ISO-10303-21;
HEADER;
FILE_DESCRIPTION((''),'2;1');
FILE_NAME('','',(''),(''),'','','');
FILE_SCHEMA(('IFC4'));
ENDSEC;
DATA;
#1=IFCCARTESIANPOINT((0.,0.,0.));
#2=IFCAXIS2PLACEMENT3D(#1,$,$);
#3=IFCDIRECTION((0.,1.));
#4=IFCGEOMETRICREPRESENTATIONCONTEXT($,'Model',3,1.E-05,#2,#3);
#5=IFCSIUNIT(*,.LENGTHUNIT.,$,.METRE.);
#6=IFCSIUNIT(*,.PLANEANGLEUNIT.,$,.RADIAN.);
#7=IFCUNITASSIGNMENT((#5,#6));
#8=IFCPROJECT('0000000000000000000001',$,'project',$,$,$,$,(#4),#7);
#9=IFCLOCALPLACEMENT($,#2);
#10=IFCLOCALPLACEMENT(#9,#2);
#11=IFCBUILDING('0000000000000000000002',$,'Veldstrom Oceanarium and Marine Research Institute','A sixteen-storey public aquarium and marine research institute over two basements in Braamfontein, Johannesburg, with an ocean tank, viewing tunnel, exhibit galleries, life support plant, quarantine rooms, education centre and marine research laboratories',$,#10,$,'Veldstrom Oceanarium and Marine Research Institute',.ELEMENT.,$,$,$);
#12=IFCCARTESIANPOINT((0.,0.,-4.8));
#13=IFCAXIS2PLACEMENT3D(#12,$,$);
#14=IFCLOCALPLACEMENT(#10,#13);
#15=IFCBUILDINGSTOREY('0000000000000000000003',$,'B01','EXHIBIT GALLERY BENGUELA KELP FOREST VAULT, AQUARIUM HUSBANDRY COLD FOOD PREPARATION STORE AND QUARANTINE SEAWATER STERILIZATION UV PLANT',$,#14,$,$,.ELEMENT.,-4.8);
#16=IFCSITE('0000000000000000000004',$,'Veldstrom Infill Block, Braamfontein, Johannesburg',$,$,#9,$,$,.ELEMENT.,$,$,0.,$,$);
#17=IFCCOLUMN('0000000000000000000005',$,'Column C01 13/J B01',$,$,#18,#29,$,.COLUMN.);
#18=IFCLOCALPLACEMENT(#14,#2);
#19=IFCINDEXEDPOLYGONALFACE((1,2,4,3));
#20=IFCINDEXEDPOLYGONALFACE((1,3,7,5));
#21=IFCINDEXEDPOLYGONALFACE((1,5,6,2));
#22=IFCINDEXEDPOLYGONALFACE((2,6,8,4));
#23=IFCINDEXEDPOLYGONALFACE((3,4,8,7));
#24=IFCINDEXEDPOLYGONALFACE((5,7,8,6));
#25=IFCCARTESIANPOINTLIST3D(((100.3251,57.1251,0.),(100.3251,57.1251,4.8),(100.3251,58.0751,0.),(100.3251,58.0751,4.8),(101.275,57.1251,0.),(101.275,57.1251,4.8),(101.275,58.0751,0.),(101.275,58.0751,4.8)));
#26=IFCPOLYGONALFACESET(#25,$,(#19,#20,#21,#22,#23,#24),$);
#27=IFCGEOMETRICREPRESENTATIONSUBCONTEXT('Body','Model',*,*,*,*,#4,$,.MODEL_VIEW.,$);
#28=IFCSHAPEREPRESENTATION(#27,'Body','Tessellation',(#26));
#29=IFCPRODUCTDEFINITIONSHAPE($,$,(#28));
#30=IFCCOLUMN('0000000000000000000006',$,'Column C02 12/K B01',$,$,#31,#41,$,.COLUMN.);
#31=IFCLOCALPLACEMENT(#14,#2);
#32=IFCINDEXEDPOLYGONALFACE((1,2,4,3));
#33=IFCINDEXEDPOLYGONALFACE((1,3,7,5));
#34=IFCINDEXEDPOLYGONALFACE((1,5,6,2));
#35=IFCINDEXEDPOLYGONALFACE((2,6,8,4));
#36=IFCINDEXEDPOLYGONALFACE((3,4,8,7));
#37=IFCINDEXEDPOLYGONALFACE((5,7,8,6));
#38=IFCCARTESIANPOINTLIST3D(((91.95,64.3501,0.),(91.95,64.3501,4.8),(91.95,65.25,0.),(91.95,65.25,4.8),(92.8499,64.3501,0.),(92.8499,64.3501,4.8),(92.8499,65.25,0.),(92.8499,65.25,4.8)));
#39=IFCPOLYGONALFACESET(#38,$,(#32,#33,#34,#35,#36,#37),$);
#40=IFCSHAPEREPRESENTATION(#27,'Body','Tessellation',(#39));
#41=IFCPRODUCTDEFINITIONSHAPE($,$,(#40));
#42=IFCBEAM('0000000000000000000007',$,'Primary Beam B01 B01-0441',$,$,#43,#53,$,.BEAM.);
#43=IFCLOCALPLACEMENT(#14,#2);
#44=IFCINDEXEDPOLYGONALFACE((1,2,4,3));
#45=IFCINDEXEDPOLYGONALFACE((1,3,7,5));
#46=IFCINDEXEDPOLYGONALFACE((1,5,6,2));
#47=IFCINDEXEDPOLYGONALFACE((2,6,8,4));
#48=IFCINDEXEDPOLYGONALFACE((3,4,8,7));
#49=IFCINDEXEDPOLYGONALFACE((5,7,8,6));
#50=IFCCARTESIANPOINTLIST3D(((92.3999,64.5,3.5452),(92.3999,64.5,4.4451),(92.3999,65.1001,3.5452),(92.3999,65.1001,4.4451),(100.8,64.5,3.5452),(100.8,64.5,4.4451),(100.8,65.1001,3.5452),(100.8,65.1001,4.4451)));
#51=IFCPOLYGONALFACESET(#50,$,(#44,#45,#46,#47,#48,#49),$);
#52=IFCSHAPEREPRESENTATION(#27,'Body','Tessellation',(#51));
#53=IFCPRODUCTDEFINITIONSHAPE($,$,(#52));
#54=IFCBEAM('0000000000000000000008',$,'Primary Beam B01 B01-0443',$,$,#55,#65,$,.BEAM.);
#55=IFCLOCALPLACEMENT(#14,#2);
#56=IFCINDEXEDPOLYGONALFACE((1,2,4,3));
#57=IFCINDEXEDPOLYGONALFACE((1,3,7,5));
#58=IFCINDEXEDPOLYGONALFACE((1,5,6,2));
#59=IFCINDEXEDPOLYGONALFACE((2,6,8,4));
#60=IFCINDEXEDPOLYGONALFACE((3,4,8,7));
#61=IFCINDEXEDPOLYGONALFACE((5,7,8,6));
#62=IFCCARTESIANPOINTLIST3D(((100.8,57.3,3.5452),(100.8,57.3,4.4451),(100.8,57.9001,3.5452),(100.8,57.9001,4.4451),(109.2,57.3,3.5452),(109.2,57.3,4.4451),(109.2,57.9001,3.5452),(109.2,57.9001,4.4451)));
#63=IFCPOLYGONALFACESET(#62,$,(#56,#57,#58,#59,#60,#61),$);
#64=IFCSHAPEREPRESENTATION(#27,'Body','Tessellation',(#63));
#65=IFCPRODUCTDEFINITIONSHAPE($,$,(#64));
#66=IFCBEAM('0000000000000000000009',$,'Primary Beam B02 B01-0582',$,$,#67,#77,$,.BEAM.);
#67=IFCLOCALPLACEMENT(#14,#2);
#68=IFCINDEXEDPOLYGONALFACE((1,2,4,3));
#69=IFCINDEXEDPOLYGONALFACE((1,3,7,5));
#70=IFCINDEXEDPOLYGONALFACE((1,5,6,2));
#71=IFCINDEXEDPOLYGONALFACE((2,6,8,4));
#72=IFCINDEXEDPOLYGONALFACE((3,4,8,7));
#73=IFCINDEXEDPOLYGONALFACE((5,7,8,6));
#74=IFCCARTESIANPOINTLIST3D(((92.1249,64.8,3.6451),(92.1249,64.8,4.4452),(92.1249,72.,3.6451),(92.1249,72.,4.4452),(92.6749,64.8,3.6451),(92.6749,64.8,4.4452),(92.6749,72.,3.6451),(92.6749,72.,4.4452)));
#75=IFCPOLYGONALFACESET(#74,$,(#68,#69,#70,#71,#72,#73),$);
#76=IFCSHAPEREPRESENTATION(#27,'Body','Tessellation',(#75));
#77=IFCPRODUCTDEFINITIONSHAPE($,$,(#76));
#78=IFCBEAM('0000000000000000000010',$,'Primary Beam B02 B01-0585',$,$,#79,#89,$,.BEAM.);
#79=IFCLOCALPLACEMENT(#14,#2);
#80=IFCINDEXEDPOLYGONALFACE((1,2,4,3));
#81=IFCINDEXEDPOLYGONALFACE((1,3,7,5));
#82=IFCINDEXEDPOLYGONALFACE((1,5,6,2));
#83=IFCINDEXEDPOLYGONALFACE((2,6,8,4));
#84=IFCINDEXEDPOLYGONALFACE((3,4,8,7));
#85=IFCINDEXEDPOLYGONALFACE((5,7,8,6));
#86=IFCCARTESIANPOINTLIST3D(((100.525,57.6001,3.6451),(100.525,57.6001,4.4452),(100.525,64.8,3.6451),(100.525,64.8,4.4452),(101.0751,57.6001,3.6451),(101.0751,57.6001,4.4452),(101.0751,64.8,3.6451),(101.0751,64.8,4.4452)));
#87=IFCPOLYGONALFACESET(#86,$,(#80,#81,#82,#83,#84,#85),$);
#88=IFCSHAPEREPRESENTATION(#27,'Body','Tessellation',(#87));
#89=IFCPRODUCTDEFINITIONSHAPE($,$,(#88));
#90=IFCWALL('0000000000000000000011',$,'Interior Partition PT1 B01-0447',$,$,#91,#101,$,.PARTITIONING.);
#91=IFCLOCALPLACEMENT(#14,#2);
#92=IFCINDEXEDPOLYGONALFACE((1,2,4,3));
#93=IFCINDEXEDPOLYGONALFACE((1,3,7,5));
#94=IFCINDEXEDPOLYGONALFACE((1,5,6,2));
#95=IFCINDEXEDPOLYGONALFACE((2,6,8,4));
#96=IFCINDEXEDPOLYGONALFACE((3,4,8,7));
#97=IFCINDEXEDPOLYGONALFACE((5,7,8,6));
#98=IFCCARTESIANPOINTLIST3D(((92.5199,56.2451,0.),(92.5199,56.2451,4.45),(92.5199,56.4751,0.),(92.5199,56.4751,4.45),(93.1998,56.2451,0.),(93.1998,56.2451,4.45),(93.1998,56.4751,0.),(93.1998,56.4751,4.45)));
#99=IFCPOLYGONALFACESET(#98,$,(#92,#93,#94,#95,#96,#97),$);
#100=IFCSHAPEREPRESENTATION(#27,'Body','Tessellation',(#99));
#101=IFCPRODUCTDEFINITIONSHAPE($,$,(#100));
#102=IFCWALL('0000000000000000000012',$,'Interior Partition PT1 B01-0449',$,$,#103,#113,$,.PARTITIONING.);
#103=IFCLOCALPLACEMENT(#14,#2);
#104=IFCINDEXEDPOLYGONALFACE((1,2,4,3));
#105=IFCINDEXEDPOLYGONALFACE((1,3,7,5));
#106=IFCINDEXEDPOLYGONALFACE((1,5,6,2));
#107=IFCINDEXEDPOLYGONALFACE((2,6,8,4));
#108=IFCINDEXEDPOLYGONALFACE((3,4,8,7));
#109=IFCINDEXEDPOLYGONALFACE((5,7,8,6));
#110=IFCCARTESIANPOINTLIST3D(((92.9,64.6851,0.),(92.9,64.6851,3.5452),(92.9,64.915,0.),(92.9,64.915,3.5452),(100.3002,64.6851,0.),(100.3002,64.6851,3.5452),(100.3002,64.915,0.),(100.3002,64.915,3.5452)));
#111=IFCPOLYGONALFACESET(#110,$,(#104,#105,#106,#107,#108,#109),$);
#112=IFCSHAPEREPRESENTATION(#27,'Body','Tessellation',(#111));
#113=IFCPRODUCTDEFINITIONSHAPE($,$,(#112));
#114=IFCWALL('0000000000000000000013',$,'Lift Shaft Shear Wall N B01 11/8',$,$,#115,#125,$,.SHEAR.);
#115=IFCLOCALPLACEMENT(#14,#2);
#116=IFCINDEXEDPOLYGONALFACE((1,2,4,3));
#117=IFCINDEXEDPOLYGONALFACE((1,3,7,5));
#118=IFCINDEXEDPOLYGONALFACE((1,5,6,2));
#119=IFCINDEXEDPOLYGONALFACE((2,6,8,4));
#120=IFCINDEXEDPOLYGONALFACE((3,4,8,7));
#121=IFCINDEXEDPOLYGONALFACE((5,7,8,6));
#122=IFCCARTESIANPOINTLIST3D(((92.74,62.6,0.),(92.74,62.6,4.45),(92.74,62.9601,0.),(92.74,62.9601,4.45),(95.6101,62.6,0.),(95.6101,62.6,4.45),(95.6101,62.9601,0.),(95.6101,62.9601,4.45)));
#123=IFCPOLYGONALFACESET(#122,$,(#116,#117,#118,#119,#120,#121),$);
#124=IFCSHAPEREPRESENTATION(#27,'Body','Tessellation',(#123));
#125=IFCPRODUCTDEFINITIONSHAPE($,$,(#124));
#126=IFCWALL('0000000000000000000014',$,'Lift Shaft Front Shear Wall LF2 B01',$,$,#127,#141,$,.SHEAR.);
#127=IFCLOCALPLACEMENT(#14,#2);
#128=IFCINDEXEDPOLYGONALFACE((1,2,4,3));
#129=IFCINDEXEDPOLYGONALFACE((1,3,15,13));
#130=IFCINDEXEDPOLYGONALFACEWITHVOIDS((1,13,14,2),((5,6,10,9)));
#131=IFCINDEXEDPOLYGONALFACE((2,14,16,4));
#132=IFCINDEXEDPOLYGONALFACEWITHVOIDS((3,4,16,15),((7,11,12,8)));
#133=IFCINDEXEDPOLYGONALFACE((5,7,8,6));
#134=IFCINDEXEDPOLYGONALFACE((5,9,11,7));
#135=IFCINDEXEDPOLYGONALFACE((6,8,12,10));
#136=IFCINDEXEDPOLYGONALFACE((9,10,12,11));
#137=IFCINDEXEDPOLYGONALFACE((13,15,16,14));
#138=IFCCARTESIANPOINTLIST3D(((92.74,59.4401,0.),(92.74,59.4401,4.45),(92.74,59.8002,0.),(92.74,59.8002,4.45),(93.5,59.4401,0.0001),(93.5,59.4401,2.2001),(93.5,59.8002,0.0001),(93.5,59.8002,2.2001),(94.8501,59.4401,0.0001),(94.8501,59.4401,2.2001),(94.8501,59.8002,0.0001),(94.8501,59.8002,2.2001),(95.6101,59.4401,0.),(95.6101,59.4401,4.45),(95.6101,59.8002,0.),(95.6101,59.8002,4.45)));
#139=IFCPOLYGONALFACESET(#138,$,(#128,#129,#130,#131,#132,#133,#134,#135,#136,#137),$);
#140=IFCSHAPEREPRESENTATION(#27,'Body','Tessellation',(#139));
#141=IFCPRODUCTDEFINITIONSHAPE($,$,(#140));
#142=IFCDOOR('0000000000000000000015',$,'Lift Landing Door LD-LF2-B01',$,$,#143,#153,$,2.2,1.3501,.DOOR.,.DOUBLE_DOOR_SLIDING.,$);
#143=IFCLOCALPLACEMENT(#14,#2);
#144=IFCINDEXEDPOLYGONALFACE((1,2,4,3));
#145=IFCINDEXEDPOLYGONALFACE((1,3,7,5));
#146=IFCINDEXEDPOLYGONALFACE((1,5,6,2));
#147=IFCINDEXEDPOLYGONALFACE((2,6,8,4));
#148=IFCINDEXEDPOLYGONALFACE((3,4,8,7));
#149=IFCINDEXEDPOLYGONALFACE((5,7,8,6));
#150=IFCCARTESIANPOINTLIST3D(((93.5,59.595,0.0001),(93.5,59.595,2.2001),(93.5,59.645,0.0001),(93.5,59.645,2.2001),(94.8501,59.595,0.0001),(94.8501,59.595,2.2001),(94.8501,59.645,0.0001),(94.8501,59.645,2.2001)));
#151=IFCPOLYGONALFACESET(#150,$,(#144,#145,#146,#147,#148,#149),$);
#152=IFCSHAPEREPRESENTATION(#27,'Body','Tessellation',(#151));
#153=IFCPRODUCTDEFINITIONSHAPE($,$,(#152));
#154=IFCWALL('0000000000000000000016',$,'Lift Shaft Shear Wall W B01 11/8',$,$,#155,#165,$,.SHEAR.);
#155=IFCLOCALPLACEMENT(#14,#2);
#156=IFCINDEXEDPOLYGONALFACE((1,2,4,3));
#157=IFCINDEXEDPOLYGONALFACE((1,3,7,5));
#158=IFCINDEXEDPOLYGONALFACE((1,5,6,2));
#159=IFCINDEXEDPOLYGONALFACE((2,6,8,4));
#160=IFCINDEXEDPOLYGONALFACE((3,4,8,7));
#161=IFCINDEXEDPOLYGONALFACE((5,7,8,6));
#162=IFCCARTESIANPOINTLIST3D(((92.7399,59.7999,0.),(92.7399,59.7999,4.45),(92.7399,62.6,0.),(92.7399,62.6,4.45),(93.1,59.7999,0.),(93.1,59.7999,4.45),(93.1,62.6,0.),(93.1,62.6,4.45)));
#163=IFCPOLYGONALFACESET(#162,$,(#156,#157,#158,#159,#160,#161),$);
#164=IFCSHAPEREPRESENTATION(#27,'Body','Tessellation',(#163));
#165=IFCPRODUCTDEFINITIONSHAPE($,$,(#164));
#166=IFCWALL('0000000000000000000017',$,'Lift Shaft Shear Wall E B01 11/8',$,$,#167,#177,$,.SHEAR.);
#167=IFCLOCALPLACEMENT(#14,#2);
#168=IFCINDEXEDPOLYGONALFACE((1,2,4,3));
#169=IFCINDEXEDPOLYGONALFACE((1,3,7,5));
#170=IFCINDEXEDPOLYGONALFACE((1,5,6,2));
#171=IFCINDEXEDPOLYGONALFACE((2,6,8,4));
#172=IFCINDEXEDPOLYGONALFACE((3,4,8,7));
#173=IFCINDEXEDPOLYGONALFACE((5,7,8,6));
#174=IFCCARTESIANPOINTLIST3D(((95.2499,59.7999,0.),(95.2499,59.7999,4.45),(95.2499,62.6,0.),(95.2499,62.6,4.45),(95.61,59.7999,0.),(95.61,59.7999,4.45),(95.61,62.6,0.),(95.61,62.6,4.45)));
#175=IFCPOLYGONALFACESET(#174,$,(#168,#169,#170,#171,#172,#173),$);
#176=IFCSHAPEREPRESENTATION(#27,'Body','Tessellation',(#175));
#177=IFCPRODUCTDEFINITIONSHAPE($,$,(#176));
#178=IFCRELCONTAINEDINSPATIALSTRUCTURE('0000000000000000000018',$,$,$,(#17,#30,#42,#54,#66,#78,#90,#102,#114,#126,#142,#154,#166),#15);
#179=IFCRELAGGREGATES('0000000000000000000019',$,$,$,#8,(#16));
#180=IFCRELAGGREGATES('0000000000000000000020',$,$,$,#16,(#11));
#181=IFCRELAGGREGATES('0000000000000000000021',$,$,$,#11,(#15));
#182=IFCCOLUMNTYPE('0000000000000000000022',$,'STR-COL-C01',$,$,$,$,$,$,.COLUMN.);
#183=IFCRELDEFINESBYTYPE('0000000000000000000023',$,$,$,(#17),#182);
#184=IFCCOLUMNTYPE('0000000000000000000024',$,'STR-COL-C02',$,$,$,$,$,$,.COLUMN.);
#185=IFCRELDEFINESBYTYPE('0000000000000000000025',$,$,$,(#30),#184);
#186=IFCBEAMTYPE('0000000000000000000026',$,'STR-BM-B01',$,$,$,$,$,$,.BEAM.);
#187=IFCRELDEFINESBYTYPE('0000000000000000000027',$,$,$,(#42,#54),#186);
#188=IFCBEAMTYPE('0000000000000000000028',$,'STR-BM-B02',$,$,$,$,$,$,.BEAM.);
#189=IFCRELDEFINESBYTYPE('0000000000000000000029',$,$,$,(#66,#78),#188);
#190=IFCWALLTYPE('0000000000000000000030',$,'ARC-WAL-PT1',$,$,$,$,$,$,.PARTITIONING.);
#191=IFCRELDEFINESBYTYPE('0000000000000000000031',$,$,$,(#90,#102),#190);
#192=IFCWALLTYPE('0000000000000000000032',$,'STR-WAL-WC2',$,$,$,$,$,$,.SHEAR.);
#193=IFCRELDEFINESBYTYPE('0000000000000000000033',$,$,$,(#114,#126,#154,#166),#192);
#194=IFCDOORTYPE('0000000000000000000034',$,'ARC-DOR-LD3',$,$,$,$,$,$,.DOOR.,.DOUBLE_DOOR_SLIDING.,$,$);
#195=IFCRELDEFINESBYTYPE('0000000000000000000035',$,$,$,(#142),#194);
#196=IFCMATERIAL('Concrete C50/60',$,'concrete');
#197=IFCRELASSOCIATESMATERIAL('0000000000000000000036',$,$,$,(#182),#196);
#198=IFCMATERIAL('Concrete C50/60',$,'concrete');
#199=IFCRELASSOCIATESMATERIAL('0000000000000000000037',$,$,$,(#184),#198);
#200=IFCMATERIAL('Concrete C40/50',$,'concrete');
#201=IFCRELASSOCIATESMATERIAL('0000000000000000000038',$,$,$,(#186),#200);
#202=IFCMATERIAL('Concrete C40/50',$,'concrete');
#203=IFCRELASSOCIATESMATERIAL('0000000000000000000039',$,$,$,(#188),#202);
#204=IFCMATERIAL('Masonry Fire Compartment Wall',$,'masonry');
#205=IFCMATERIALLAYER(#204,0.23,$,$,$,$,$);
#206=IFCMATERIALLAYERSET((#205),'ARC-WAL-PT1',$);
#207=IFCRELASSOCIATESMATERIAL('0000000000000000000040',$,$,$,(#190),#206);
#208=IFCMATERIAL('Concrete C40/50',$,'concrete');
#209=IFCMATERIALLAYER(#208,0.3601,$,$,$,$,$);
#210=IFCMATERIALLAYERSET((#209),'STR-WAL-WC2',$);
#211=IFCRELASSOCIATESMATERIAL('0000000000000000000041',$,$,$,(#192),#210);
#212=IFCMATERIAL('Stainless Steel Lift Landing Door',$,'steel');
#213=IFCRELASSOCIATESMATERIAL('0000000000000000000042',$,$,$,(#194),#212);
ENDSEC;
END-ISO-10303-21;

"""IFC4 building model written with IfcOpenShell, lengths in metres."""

from ifc_helpers import new_model, si_unit, direction, frame, frame_2d, origin, origin_2d, place, context, subcontext, project, spatial, rectangle, extrude, material, layer, layer_set, material_profile, profile_set, type_object, element, fill, save


model = new_model("IFC4")

# Units and contexts
model_context = context("Model", 3, precision=1e-05, world=origin(), true_north=direction((0.0, 1.0)))
body_context = subcontext(model_context, "Body", "Model", "MODEL_VIEW")
ifc_project = project(units=[si_unit("LENGTHUNIT", "METRE"), si_unit("PLANEANGLEUNIT", "RADIAN")], contexts=[model_context])

# Site, building, storey
site_placement = place(None, origin())
site = spatial("IfcSite", under=ifc_project, at=site_placement, Name="Veldstrom Infill Block, Braamfontein, Johannesburg", CompositionType="ELEMENT", RefElevation=0.0)
building_placement = place(site_placement, origin())
building = spatial("IfcBuilding", under=site, at=building_placement, Name="Veldstrom Oceanarium and Marine Research Institute", Description="A sixteen-storey public aquarium and marine research institute over two basements in Braamfontein, Johannesburg, with an ocean tank, viewing tunnel, exhibit galleries, life support plant, quarantine rooms, education centre and marine research laboratories", LongName="Veldstrom Oceanarium and Marine Research Institute", CompositionType="ELEMENT")
storey_placement = place(building_placement, frame((0.0, 0.0, -4.8)))
storey = spatial("IfcBuildingStorey", under=building, at=storey_placement, Name="B01", Description="EXHIBIT GALLERY BENGUELA KELP FOREST VAULT, AQUARIUM HUSBANDRY COLD FOOD PREPARATION STORE AND QUARANTINE SEAWATER STERILIZATION UV PLANT", CompositionType="ELEMENT", Elevation=-4.8)

# Columns
ifc_material_1 = material(Name="Concrete C50/60", Category="concrete")
ifc_material_profile_1 = material_profile(ifc_material_1, rectangle(XDim=0.95, YDim=0.95, at=origin_2d()), Name="RC-COL-950x950")
ifc_profile_set_1 = profile_set([ifc_material_profile_1], Name="Concrete C50/60")
column_type_1 = type_object("IfcColumnType", Name="STR-COL-C01", PredefinedType="COLUMN", material=ifc_profile_set_1)
column_1_placement = place(storey_placement, frame((100.8, 57.6001, 0.0), z_axis=(0.0, 0.0, 1.0), x_axis=(1.0, 0.0, 0.0)))
element("IfcColumn", 1, at=column_1_placement, inside=storey, type_object=column_type_1, Name="Column C01 13/J B01", PredefinedType="COLUMN", context=body_context, shape_type="SweptSolid", body=[
    extrude(rectangle(XDim=0.95, YDim=0.95, at=origin_2d()), origin(), (0.0, 0.0, 1.0), 4.8),
])
ifc_material_2 = material(Name="Concrete C50/60", Category="concrete")
ifc_material_profile_2 = material_profile(ifc_material_2, rectangle(XDim=0.8999, YDim=0.8999, at=origin_2d()), Name="RC-COL-900x900")
ifc_profile_set_2 = profile_set([ifc_material_profile_2], Name="Concrete C50/60")
column_type_2 = type_object("IfcColumnType", Name="STR-COL-C02", PredefinedType="COLUMN", material=ifc_profile_set_2)
column_2_placement = place(storey_placement, frame((92.3999, 64.8, 0.0), z_axis=(0.0, 0.0, 1.0), x_axis=(1.0, 0.0, 0.0)))
element("IfcColumn", 2, at=column_2_placement, inside=storey, type_object=column_type_2, Name="Column C02 12/K B01", PredefinedType="COLUMN", context=body_context, shape_type="SweptSolid", body=[
    extrude(rectangle(XDim=0.8999, YDim=0.8999, at=origin_2d()), origin(), (0.0, 0.0, 1.0), 4.8),
])

# Beams
ifc_material_3 = material(Name="Concrete C40/50", Category="concrete")
ifc_material_profile_3 = material_profile(ifc_material_3, rectangle(XDim=0.6001, YDim=0.8999, at=origin_2d()), Name="RC-BM-600x900")
ifc_profile_set_3 = profile_set([ifc_material_profile_3], Name="Concrete C40/50")
beam_type_1 = type_object("IfcBeamType", Name="STR-BM-B01", PredefinedType="BEAM", material=ifc_profile_set_3)
beam_1_placement = place(storey_placement, frame((92.3999, 64.8, 3.9951), z_axis=(1.0, 0.0, 0.0), x_axis=(0.0, 1.0, 0.0)))
element("IfcBeam", 3, at=beam_1_placement, inside=storey, type_object=beam_type_1, Name="Primary Beam B01 B01-0441", PredefinedType="BEAM", context=body_context, shape_type="SweptSolid", body=[
    extrude(rectangle(XDim=0.6001, YDim=0.8999, at=origin_2d()), origin(), (0.0, 0.0, 1.0), 8.4001),
])
beam_2_placement = place(storey_placement, frame((100.8, 57.6001, 3.9951), z_axis=(1.0, 0.0, 0.0), x_axis=(0.0, 1.0, 0.0)))
element("IfcBeam", 4, at=beam_2_placement, inside=storey, type_object=beam_type_1, Name="Primary Beam B01 B01-0443", PredefinedType="BEAM", context=body_context, shape_type="SweptSolid", body=[
    extrude(rectangle(XDim=0.6001, YDim=0.8999, at=origin_2d()), origin(), (0.0, 0.0, 1.0), 8.3999),
])
ifc_material_4 = material(Name="Concrete C40/50", Category="concrete")
ifc_material_profile_4 = material_profile(ifc_material_4, rectangle(XDim=0.55, YDim=0.8, at=origin_2d()), Name="RC-BM-550x800")
ifc_profile_set_4 = profile_set([ifc_material_profile_4], Name="Concrete C40/50")
beam_type_2 = type_object("IfcBeamType", Name="STR-BM-B02", PredefinedType="BEAM", material=ifc_profile_set_4)
for number, where, z_axis, x_axis, name in (
    (5, (92.3999, 64.8, 4.0452), (0.0, 1.0, 0.0), (-1.0, 0.0, 0.0), "Primary Beam B02 B01-0582"),
    (6, (100.8, 57.6001, 4.0452), (0.0, 1.0, 0.0), (-1.0, 0.0, 0.0), "Primary Beam B02 B01-0585"),
):
    element("IfcBeam", number, at=place(storey_placement, frame(where, z_axis=z_axis, x_axis=x_axis)), inside=storey, type_object=beam_type_2, Name=name, PredefinedType="BEAM", context=body_context, shape_type="SweptSolid", body=[
        extrude(rectangle(XDim=0.55, YDim=0.8, at=origin_2d()), origin(), (0.0, 0.0, 1.0), 7.2),
    ])

# Walls
ifc_material_5 = material(Name="Masonry Fire Compartment Wall", Category="masonry")
ifc_layer_1 = layer(ifc_material_5, 0.23)
ifc_layer_set_1 = layer_set([ifc_layer_1], Name="ARC-WAL-PT1")
wall_type_1 = type_object("IfcWallType", Name="ARC-WAL-PT1", PredefinedType="PARTITIONING", material=ifc_layer_set_1)
wall_1_placement = place(storey_placement, frame((92.52, 56.3601, 0.0), z_axis=(0.0, 0.0, 1.0), x_axis=(1.0, 0.0, 0.0)))
element("IfcWall", 7, at=wall_1_placement, inside=storey, type_object=wall_type_1, Name="Interior Partition PT1 B01-0447", PredefinedType="PARTITIONING", context=body_context, shape_type="SweptSolid", body=[
    extrude(rectangle(XDim=0.6799, YDim=0.23, at=frame_2d((0.3398, 0.0))), origin(), (0.0, 0.0, 1.0), 4.45),
])
wall_2_placement = place(storey_placement, frame((92.8999, 64.8, 0.0), z_axis=(0.0, 0.0, 1.0), x_axis=(1.0, 0.0, 0.0)))
element("IfcWall", 8, at=wall_2_placement, inside=storey, type_object=wall_type_1, Name="Interior Partition PT1 B01-0449", PredefinedType="PARTITIONING", context=body_context, shape_type="SweptSolid", body=[
    extrude(rectangle(XDim=7.4001, YDim=0.23, at=frame_2d((3.7002, 0.0))), origin(), (0.0, 0.0, 1.0), 3.5452),
])
ifc_material_6 = material(Name="Concrete C40/50", Category="concrete")
ifc_layer_2 = layer(ifc_material_6, 0.3601)
ifc_layer_set_2 = layer_set([ifc_layer_2], Name="STR-WAL-WC2")
wall_type_2 = type_object("IfcWallType", Name="STR-WAL-WC2", PredefinedType="SHEAR", material=ifc_layer_set_2)
wall_3_placement = place(storey_placement, frame((92.74, 62.78, 0.0), z_axis=(0.0, 0.0, 1.0), x_axis=(1.0, 0.0, 0.0)))
element("IfcWall", 9, at=wall_3_placement, inside=storey, type_object=wall_type_2, Name="Lift Shaft Shear Wall N B01 11/8", PredefinedType="SHEAR", context=body_context, shape_type="SweptSolid", body=[
    extrude(rectangle(XDim=2.8701, YDim=0.3601, at=frame_2d((1.4351, 0.0))), origin(), (0.0, 0.0, 1.0), 4.45),
])

# Wall, opening, door
wall_4_placement = place(storey_placement, frame((92.74, 59.6201, 0.0), z_axis=(0.0, 0.0, 1.0), x_axis=(1.0, 0.0, 0.0)))
wall_4 = element("IfcWall", 10, at=wall_4_placement, inside=storey, type_object=wall_type_2, Name="Lift Shaft Front Shear Wall LF2 B01", PredefinedType="SHEAR", context=body_context, shape_type="SweptSolid", body=[
    extrude(rectangle(XDim=2.8701, YDim=0.3601, at=frame_2d((1.4351, 0.0))), origin(), (0.0, 0.0, 1.0), 4.45),
])
opening_placement = place(wall_4_placement, frame((0.76, 0.0, 0.0)))
opening = element("IfcOpeningElement", 11, at=opening_placement, cuts=wall_4, PredefinedType="OPENING", context=body_context, shape_type="SweptSolid", body=[
    extrude(rectangle(XDim=1.3501, YDim=2.2, at=frame_2d((0.675, 1.1001))), frame((0.0, 0.1899, 0.0), z_axis=(0.0, -1.0, 0.0), x_axis=(1.0, 0.0, 0.0)), (0.0, 0.0, 1.0), 0.3801),
])
ifc_material_7 = material(Name="Stainless Steel Lift Landing Door", Category="steel")
door_type = type_object("IfcDoorType", Name="ARC-DOR-LD3", OperationType="DOUBLE_DOOR_SLIDING", PredefinedType="DOOR", material=ifc_material_7)
door_placement = place(opening_placement, origin())
door = element("IfcDoor", 12, at=door_placement, inside=storey, type_object=door_type, Name="Lift Landing Door LD-LF2-B01", OperationType="DOUBLE_DOOR_SLIDING", OverallHeight=2.2, OverallWidth=1.3501, PredefinedType="DOOR", context=body_context, shape_type="SweptSolid", body=[
    extrude(rectangle(XDim=1.3501, YDim=2.2, at=frame_2d((0.675, 1.1001))), frame((0.0, 0.0249, 0.0), z_axis=(0.0, -1.0, 0.0), x_axis=(1.0, 0.0, 0.0)), (0.0, 0.0, 1.0), 0.05),
])
fill(opening, door)

# Walls
for number, where, z_axis, x_axis, name in (
    (13, (92.9199, 59.8, 0.0), (0.0, 0.0, 1.0), (0.0, 1.0, 0.0), "Lift Shaft Shear Wall W B01 11/8"),
    (14, (95.4299, 59.8, 0.0), (0.0, 0.0, 1.0), (0.0, 1.0, 0.0), "Lift Shaft Shear Wall E B01 11/8"),
):
    element("IfcWall", number, at=place(storey_placement, frame(where, z_axis=z_axis, x_axis=x_axis)), inside=storey, type_object=wall_type_2, Name=name, PredefinedType="SHEAR", context=body_context, shape_type="SweptSolid", body=[
        extrude(rectangle(XDim=2.8, YDim=0.3601, at=frame_2d((1.3999, 0.0))), origin(), (0.0, 0.0, 1.0), 4.45),
    ])

save(model, "model.ifc")
